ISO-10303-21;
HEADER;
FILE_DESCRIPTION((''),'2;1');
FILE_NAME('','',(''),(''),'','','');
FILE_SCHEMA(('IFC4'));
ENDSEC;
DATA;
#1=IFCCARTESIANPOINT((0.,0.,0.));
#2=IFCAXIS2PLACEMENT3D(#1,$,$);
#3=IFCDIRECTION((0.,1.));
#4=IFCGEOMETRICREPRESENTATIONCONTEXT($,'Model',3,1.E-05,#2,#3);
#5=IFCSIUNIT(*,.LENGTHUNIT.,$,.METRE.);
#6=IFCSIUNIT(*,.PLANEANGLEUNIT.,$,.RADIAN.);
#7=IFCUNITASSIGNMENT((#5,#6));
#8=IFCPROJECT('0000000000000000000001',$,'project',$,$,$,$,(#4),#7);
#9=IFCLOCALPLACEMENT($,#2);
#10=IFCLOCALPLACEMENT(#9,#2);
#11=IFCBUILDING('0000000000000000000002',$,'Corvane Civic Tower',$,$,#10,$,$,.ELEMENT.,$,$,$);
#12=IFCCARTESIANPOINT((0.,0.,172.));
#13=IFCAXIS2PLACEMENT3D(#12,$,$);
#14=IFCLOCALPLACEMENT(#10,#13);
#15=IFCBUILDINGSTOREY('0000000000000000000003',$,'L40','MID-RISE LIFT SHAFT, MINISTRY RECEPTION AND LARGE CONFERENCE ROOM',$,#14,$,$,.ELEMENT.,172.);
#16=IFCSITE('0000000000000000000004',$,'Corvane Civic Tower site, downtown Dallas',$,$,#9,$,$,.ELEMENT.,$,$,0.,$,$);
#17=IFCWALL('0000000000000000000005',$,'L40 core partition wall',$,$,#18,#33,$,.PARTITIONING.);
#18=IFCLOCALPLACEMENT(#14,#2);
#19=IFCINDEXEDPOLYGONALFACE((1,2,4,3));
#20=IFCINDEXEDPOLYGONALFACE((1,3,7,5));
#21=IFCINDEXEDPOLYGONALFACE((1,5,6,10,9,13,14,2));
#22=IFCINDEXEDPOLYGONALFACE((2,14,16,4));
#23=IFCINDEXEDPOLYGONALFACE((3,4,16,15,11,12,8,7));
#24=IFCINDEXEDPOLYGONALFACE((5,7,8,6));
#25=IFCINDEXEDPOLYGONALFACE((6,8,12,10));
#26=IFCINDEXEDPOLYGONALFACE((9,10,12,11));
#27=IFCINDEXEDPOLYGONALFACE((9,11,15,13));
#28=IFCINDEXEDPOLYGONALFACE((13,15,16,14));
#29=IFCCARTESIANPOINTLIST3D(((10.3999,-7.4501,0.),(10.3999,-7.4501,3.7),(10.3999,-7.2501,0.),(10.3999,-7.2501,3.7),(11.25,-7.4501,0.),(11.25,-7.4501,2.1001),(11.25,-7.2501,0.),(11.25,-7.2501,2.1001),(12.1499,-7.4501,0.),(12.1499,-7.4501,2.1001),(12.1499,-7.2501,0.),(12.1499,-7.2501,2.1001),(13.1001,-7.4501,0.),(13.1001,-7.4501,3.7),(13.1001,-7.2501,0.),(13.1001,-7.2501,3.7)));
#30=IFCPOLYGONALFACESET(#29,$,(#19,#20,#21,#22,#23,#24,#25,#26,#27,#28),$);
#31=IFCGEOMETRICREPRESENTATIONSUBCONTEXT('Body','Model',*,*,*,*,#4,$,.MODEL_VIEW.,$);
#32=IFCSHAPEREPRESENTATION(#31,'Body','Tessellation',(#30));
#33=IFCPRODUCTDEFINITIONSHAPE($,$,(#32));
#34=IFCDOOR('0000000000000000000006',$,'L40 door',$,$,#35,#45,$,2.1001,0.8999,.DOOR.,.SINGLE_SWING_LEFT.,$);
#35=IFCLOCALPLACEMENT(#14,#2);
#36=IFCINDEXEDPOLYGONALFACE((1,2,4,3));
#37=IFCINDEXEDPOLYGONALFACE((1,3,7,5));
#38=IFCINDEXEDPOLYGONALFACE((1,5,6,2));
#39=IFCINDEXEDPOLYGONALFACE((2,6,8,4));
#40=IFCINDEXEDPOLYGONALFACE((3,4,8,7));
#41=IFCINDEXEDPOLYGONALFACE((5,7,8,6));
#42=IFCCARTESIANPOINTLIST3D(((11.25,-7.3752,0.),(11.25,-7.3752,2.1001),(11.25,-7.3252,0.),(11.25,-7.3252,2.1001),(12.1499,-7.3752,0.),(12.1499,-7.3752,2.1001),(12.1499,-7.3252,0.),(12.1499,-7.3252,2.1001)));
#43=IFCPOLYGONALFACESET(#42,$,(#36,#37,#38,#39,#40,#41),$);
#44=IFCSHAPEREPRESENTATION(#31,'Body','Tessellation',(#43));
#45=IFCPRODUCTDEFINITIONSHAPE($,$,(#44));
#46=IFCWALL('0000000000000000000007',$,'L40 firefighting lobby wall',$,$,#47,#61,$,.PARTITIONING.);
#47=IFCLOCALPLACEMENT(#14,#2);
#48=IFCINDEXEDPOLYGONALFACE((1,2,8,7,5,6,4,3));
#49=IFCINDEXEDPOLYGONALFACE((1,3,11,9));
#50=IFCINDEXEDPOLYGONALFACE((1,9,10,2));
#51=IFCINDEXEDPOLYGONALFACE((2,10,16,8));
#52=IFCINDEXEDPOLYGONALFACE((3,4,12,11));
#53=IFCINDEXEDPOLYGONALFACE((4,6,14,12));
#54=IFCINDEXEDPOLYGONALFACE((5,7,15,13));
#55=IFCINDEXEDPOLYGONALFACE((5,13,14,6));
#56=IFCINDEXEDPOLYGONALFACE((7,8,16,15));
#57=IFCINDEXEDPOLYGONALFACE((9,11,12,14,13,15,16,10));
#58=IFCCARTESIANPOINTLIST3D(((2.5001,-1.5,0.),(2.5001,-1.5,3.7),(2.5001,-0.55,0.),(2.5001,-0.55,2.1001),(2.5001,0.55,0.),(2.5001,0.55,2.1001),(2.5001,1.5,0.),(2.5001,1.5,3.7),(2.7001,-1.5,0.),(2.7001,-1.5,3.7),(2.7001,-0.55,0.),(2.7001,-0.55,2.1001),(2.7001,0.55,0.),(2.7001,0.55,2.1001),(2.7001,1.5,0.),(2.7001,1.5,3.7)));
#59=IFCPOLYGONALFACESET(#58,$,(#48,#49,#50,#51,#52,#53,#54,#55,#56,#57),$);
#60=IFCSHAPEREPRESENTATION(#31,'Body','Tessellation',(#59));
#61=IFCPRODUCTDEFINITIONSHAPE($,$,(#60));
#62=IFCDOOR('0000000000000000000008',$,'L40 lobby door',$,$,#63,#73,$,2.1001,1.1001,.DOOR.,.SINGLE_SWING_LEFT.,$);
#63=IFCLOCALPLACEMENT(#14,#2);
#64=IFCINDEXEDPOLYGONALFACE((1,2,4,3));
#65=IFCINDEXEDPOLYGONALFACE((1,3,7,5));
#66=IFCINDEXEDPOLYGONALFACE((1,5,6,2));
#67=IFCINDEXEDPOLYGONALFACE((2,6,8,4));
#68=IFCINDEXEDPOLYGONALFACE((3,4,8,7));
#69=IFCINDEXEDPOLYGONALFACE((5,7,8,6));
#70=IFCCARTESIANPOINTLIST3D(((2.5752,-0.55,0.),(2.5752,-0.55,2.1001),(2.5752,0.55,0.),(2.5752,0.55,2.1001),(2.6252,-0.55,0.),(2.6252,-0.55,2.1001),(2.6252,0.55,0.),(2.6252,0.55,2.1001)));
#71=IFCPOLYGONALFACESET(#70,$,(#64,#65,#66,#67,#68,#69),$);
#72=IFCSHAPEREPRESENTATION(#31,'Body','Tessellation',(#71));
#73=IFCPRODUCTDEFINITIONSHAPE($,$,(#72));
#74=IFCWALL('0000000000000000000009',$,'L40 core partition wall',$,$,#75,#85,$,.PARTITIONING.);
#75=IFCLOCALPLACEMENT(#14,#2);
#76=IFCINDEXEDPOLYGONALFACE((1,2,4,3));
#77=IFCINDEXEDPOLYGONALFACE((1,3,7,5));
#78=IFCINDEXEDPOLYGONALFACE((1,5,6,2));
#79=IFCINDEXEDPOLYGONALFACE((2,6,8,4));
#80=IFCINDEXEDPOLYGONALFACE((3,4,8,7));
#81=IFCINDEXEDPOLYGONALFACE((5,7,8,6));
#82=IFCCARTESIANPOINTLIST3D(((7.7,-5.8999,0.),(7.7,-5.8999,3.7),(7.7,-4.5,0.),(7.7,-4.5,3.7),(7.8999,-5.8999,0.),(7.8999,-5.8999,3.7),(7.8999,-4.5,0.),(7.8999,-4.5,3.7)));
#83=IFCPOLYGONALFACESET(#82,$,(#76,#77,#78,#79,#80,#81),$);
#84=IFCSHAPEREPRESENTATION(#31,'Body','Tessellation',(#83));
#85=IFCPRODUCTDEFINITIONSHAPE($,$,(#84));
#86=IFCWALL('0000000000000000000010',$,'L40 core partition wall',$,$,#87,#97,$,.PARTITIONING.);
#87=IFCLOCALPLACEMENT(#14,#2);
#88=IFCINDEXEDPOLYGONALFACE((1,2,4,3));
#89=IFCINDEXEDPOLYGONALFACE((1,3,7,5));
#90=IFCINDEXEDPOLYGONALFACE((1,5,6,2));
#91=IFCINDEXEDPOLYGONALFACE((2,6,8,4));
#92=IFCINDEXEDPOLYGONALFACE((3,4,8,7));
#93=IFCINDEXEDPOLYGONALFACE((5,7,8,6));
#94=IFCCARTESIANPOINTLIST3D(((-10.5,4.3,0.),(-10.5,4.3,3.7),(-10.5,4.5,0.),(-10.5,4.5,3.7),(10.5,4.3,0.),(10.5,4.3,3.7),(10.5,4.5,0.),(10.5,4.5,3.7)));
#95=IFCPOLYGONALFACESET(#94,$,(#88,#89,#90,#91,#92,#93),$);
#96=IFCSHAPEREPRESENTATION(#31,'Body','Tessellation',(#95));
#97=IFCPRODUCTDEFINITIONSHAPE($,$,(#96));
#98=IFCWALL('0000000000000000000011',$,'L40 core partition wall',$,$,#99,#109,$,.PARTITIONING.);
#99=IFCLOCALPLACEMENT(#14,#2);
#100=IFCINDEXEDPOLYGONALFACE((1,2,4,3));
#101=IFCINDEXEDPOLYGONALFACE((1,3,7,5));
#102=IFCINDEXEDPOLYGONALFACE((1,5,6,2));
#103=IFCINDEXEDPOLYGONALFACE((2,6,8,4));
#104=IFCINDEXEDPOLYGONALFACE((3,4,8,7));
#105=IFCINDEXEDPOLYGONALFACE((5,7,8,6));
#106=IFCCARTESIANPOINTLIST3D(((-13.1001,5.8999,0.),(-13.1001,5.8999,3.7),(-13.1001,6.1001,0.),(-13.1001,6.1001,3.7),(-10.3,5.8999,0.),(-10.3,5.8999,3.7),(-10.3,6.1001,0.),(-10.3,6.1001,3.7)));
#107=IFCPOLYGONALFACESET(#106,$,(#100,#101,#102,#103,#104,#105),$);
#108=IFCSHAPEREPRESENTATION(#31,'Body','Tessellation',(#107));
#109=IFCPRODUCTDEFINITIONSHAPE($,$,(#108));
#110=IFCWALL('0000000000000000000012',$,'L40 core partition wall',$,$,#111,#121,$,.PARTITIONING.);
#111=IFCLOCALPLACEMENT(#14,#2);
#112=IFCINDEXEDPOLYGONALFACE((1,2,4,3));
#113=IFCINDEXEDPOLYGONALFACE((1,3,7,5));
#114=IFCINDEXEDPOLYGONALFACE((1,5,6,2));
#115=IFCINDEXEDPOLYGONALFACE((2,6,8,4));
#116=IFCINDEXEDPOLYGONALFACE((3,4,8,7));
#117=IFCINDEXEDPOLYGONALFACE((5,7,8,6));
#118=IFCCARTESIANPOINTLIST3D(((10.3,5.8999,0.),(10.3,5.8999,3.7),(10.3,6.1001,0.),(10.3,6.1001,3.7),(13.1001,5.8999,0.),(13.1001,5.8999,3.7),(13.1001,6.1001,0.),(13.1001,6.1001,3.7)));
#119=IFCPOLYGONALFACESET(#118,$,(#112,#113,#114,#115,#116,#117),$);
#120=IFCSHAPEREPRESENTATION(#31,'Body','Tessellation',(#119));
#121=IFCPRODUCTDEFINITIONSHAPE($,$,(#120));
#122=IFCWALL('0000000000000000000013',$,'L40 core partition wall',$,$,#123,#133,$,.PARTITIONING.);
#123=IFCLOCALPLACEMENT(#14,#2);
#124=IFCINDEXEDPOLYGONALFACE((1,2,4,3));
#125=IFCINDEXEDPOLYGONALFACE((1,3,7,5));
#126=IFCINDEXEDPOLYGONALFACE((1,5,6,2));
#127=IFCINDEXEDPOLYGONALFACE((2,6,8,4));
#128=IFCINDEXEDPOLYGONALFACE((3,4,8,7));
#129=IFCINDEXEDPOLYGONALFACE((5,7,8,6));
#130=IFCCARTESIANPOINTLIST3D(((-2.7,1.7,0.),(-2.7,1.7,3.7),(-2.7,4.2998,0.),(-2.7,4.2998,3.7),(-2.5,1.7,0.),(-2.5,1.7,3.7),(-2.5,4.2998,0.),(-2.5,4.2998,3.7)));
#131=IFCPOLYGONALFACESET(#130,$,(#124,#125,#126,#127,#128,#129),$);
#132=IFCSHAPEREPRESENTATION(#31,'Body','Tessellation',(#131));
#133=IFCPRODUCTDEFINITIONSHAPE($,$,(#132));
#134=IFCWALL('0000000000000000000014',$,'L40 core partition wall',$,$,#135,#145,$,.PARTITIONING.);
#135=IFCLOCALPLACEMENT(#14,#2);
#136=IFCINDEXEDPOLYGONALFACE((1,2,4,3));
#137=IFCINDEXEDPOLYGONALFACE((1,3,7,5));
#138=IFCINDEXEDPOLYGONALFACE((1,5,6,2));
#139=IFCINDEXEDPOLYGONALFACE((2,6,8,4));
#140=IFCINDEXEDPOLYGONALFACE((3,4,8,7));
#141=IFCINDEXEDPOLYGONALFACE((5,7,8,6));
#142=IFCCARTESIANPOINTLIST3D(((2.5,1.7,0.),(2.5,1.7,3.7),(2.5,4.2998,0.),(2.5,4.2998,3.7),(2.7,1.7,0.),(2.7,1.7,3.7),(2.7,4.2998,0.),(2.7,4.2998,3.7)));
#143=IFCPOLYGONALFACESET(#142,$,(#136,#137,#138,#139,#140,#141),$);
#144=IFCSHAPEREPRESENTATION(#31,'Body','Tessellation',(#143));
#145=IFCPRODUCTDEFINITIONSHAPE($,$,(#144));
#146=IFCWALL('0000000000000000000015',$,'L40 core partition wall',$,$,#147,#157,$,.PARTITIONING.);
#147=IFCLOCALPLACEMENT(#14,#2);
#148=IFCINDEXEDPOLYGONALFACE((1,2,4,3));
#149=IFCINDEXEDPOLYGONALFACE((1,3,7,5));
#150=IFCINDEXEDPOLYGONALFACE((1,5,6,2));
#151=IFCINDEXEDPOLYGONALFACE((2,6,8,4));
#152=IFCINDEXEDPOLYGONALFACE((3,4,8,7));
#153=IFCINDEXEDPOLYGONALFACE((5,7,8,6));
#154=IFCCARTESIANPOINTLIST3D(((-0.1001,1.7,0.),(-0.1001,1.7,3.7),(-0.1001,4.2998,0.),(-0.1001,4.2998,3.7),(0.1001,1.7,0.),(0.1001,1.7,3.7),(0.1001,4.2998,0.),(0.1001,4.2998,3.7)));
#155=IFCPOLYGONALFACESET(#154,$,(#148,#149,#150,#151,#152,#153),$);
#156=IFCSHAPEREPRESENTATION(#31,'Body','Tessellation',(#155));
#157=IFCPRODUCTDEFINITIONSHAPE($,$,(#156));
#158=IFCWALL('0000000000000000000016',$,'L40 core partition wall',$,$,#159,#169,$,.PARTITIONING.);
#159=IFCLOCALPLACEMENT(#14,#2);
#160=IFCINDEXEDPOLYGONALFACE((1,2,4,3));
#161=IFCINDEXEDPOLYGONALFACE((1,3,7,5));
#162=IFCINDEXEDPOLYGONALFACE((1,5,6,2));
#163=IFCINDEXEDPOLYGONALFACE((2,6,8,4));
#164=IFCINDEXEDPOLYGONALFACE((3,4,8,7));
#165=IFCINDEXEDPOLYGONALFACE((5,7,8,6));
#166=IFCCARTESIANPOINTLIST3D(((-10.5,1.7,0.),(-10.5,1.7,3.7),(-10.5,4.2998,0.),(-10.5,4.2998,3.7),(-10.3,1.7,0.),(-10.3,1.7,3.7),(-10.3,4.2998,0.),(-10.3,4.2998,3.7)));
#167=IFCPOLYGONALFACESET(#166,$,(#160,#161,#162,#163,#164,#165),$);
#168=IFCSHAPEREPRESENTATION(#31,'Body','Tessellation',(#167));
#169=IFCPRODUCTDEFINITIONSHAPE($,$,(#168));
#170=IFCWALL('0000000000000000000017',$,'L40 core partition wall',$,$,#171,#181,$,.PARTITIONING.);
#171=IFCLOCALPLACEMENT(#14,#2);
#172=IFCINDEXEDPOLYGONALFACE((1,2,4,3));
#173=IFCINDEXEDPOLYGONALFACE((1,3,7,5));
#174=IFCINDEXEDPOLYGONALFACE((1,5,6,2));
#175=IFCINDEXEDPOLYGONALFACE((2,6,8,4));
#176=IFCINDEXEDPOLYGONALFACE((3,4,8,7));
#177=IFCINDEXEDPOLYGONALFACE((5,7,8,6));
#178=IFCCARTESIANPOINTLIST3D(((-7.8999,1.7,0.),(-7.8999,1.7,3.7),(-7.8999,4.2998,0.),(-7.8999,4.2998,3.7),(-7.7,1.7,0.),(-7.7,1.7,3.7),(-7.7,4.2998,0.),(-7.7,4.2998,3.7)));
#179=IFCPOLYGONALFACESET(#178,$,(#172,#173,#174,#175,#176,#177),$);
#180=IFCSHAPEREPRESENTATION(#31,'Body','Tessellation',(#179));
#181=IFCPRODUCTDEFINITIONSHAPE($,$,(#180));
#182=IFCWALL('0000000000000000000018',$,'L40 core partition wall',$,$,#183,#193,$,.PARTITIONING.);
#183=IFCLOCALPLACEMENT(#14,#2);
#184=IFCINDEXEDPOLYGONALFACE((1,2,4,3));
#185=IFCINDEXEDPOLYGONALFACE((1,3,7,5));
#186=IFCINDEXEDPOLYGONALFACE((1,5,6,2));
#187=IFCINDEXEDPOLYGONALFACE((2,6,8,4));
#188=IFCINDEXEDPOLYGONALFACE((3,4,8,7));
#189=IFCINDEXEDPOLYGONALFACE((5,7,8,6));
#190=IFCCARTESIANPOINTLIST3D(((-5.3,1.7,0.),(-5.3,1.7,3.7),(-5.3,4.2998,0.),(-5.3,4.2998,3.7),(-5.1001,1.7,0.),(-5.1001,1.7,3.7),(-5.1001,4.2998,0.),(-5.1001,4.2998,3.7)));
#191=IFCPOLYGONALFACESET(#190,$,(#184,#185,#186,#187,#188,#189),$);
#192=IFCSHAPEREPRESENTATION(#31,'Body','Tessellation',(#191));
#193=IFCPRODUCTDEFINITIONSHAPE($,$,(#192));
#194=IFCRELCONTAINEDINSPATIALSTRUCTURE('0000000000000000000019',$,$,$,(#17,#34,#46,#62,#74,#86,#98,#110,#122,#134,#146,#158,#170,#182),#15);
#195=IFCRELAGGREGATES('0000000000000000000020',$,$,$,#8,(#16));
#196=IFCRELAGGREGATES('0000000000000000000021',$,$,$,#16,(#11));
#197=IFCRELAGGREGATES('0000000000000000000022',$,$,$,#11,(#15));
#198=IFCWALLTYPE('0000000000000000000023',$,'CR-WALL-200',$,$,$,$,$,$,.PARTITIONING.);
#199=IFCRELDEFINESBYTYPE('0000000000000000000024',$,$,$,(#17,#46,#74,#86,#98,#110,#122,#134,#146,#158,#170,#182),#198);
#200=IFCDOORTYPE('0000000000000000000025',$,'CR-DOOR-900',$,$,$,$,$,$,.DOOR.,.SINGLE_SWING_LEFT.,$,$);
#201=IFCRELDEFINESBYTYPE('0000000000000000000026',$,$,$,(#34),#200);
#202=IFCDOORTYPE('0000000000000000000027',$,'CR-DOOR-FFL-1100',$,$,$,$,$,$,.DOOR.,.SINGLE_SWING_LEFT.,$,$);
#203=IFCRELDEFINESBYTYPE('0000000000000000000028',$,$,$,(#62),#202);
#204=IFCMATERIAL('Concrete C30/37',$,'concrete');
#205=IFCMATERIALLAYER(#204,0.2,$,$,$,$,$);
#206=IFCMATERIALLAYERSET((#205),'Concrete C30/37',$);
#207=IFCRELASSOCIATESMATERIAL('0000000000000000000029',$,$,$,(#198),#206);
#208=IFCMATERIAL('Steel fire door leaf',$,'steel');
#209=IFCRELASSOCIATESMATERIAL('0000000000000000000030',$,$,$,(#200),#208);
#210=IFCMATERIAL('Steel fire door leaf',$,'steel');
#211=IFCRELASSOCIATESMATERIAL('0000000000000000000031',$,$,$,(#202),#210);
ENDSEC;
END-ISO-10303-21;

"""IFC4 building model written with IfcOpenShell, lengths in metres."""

from ifc_helpers import new_model, si_unit, direction, frame, frame_2d, origin, place, context, subcontext, project, spatial, polyline, rectangle, outline, extrude, material, layer, layer_set, type_object, element, fill, save


model = new_model("IFC4")

# Units and contexts
model_context = context("Model", 3, precision=1e-05, world=origin(), true_north=direction((0.0, 1.0)))
body_context = subcontext(model_context, "Body", "Model", "MODEL_VIEW")
ifc_project = project(units=[si_unit("LENGTHUNIT", "METRE"), si_unit("PLANEANGLEUNIT", "RADIAN")], contexts=[model_context])

# Site, building, storey
site_placement = place(None, origin())
site = spatial("IfcSite", under=ifc_project, at=site_placement, Name="Corvane Civic Tower site, downtown Dallas", CompositionType="ELEMENT", RefElevation=0.0)
building_placement = place(site_placement, origin())
building = spatial("IfcBuilding", under=site, at=building_placement, Name="Corvane Civic Tower", CompositionType="ELEMENT")
storey_placement = place(building_placement, frame((0.0, 0.0, 172.0)))
storey = spatial("IfcBuildingStorey", under=building, at=storey_placement, Name="L40", Description="MID-RISE LIFT SHAFT, MINISTRY RECEPTION AND LARGE CONFERENCE ROOM", CompositionType="ELEMENT", Elevation=172.0)

# Walls, openings, doors
ifc_material_1 = material(Name="Concrete C30/37", Category="concrete")
ifc_layer_1 = layer(ifc_material_1, 0.2)
ifc_layer_set_1 = layer_set([ifc_layer_1], Name="Concrete C30/37")
wall_type_1 = type_object("IfcWallType", Name="CR-WALL-200", PredefinedType="PARTITIONING", material=ifc_layer_set_1)
wall_1_placement = place(storey_placement, frame((10.3999, -7.3501, 0.0), z_axis=(0.0, 0.0, 1.0), x_axis=(1.0, 0.0, 0.0)))
wall_1 = element("IfcWall", 1, at=wall_1_placement, inside=storey, type_object=wall_type_1, Name="L40 core partition wall", PredefinedType="PARTITIONING", context=body_context, shape_type="SweptSolid", body=[
    extrude(rectangle(XDim=2.7002, YDim=0.2, at=frame_2d((1.3501, 0.0))), origin(), (0.0, 0.0, 1.0), 3.7),
])
opening_1_placement = place(wall_1_placement, frame((0.8501, 0.0, 0.0)))
opening_1 = element("IfcOpeningElement", 2, at=opening_1_placement, cuts=wall_1, PredefinedType="OPENING", context=body_context, shape_type="SweptSolid", body=[
    extrude(rectangle(XDim=0.8999, YDim=2.1001, at=frame_2d((0.45, 1.05))), frame((0.0, 0.1099, 0.0), z_axis=(0.0, -1.0, 0.0), x_axis=(1.0, 0.0, 0.0)), (0.0, 0.0, 1.0), 0.22),
])
ifc_material_2 = material(Name="Steel fire door leaf", Category="steel")
door_type_1 = type_object("IfcDoorType", Name="CR-DOOR-900", OperationType="SINGLE_SWING_LEFT", PredefinedType="DOOR", material=ifc_material_2)
door_1_placement = place(opening_1_placement, origin())
door_1 = element("IfcDoor", 3, at=door_1_placement, inside=storey, type_object=door_type_1, Name="L40 door", OperationType="SINGLE_SWING_LEFT", OverallHeight=2.1001, OverallWidth=0.8999, PredefinedType="DOOR", context=body_context, shape_type="SweptSolid", body=[
    extrude(rectangle(XDim=0.8999, YDim=2.1001, at=frame_2d((0.45, 1.05))), frame((0.0, 0.0249, 0.0), z_axis=(0.0, -1.0, 0.0), x_axis=(1.0, 0.0, 0.0)), (0.0, 0.0, 1.0), 0.05),
])
fill(opening_1, door_1)
wall_2_placement = place(storey_placement, frame((2.6001, -1.5, 0.0), z_axis=(0.0, 0.0, 1.0), x_axis=(0.0, 1.0, 0.0)))
wall_2 = element("IfcWall", 4, at=wall_2_placement, inside=storey, type_object=wall_type_1, Name="L40 firefighting lobby wall", PredefinedType="PARTITIONING", context=body_context, shape_type="SweptSolid", body=[
    extrude(rectangle(XDim=3.0, YDim=0.2, at=frame_2d((1.5, 0.0))), origin(), (0.0, 0.0, 1.0), 3.7),
])
opening_2_placement = place(wall_2_placement, frame((0.95, 0.0, 0.0)))
opening_2 = element("IfcOpeningElement", 5, at=opening_2_placement, cuts=wall_2, PredefinedType="OPENING", context=body_context, shape_type="SweptSolid", body=[
    extrude(rectangle(XDim=1.1001, YDim=2.1001, at=frame_2d((0.55, 1.05))), frame((0.0, 0.1099, 0.0), z_axis=(0.0, -1.0, 0.0), x_axis=(1.0, 0.0, 0.0)), (0.0, 0.0, 1.0), 0.22),
])
ifc_material_3 = material(Name="Steel fire door leaf", Category="steel")
door_type_2 = type_object("IfcDoorType", Name="CR-DOOR-FFL-1100", OperationType="SINGLE_SWING_LEFT", PredefinedType="DOOR", material=ifc_material_3)
door_2_placement = place(opening_2_placement, origin())
door_2 = element("IfcDoor", 6, at=door_2_placement, inside=storey, type_object=door_type_2, Name="L40 lobby door", OperationType="SINGLE_SWING_LEFT", OverallHeight=2.1001, OverallWidth=1.1001, PredefinedType="DOOR", context=body_context, shape_type="SweptSolid", body=[
    extrude(rectangle(XDim=1.1001, YDim=2.1001, at=frame_2d((0.55, 1.05))), frame((0.0, 0.0249, 0.0), z_axis=(0.0, -1.0, 0.0), x_axis=(1.0, 0.0, 0.0)), (0.0, 0.0, 1.0), 0.05),
])
fill(opening_2, door_2)

# Walls
wall_3_placement = place(storey_placement, origin())
element("IfcWall", 7, at=wall_3_placement, inside=storey, type_object=wall_type_1, Name="L40 core partition wall", PredefinedType="PARTITIONING", context=body_context, shape_type="SweptSolid", body=[
    extrude(outline(polyline([(7.8999, -5.8999), (7.7, -5.8999), (7.7, -4.5), (7.8999, -4.5), (7.8999, -5.8999)])), origin(), (0.0, 0.0, 1.0), 3.7),
])
wall_4_placement = place(storey_placement, origin())
element("IfcWall", 8, at=wall_4_placement, inside=storey, type_object=wall_type_1, Name="L40 core partition wall", PredefinedType="PARTITIONING", context=body_context, shape_type="SweptSolid", body=[
    extrude(outline(polyline([(10.5, 4.5), (10.5, 4.3), (-10.5, 4.3), (-10.5, 4.5), (10.5, 4.5)])), origin(), (0.0, 0.0, 1.0), 3.7),
])
wall_5_placement = place(storey_placement, origin())
element("IfcWall", 9, at=wall_5_placement, inside=storey, type_object=wall_type_1, Name="L40 core partition wall", PredefinedType="PARTITIONING", context=body_context, shape_type="SweptSolid", body=[
    extrude(outline(polyline([(-10.3, 5.8999), (-13.1001, 5.8999), (-13.1001, 6.1001), (-10.3, 6.1001), (-10.3, 5.8999)])), origin(), (0.0, 0.0, 1.0), 3.7),
])
wall_6_placement = place(storey_placement, origin())
element("IfcWall", 10, at=wall_6_placement, inside=storey, type_object=wall_type_1, Name="L40 core partition wall", PredefinedType="PARTITIONING", context=body_context, shape_type="SweptSolid", body=[
    extrude(outline(polyline([(13.1001, 5.8999), (10.3, 5.8999), (10.3, 6.1001), (13.1001, 6.1001), (13.1001, 5.8999)])), origin(), (0.0, 0.0, 1.0), 3.7),
])
wall_7_placement = place(storey_placement, origin())
element("IfcWall", 11, at=wall_7_placement, inside=storey, type_object=wall_type_1, Name="L40 core partition wall", PredefinedType="PARTITIONING", context=body_context, shape_type="SweptSolid", body=[
    extrude(outline(polyline([(-2.5, 1.7), (-2.7, 1.7), (-2.7, 4.2998), (-2.5, 4.2998), (-2.5, 1.7)])), origin(), (0.0, 0.0, 1.0), 3.7),
])
wall_8_placement = place(storey_placement, origin())
element("IfcWall", 12, at=wall_8_placement, inside=storey, type_object=wall_type_1, Name="L40 core partition wall", PredefinedType="PARTITIONING", context=body_context, shape_type="SweptSolid", body=[
    extrude(outline(polyline([(2.7, 1.7), (2.5, 1.7), (2.5, 4.2998), (2.7, 4.2998), (2.7, 1.7)])), origin(), (0.0, 0.0, 1.0), 3.7),
])
wall_9_placement = place(storey_placement, origin())
element("IfcWall", 13, at=wall_9_placement, inside=storey, type_object=wall_type_1, Name="L40 core partition wall", PredefinedType="PARTITIONING", context=body_context, shape_type="SweptSolid", body=[
    extrude(outline(polyline([(0.1001, 1.7), (-0.1001, 1.7), (-0.1001, 4.2998), (0.1001, 4.2998), (0.1001, 1.7)])), origin(), (0.0, 0.0, 1.0), 3.7),
])
wall_10_placement = place(storey_placement, origin())
element("IfcWall", 14, at=wall_10_placement, inside=storey, type_object=wall_type_1, Name="L40 core partition wall", PredefinedType="PARTITIONING", context=body_context, shape_type="SweptSolid", body=[
    extrude(outline(polyline([(-10.3, 1.7), (-10.5, 1.7), (-10.5, 4.2998), (-10.3, 4.2998), (-10.3, 1.7)])), origin(), (0.0, 0.0, 1.0), 3.7),
])
wall_11_placement = place(storey_placement, origin())
element("IfcWall", 15, at=wall_11_placement, inside=storey, type_object=wall_type_1, Name="L40 core partition wall", PredefinedType="PARTITIONING", context=body_context, shape_type="SweptSolid", body=[
    extrude(outline(polyline([(-7.7, 1.7), (-7.8999, 1.7), (-7.8999, 4.2998), (-7.7, 4.2998), (-7.7, 1.7)])), origin(), (0.0, 0.0, 1.0), 3.7),
])
wall_12_placement = place(storey_placement, origin())
element("IfcWall", 16, at=wall_12_placement, inside=storey, type_object=wall_type_1, Name="L40 core partition wall", PredefinedType="PARTITIONING", context=body_context, shape_type="SweptSolid", body=[
    extrude(outline(polyline([(-5.1001, 1.7), (-5.3, 1.7), (-5.3, 4.2998), (-5.1001, 4.2998), (-5.1001, 1.7)])), origin(), (0.0, 0.0, 1.0), 3.7),
])

save(model, "model.ifc")
